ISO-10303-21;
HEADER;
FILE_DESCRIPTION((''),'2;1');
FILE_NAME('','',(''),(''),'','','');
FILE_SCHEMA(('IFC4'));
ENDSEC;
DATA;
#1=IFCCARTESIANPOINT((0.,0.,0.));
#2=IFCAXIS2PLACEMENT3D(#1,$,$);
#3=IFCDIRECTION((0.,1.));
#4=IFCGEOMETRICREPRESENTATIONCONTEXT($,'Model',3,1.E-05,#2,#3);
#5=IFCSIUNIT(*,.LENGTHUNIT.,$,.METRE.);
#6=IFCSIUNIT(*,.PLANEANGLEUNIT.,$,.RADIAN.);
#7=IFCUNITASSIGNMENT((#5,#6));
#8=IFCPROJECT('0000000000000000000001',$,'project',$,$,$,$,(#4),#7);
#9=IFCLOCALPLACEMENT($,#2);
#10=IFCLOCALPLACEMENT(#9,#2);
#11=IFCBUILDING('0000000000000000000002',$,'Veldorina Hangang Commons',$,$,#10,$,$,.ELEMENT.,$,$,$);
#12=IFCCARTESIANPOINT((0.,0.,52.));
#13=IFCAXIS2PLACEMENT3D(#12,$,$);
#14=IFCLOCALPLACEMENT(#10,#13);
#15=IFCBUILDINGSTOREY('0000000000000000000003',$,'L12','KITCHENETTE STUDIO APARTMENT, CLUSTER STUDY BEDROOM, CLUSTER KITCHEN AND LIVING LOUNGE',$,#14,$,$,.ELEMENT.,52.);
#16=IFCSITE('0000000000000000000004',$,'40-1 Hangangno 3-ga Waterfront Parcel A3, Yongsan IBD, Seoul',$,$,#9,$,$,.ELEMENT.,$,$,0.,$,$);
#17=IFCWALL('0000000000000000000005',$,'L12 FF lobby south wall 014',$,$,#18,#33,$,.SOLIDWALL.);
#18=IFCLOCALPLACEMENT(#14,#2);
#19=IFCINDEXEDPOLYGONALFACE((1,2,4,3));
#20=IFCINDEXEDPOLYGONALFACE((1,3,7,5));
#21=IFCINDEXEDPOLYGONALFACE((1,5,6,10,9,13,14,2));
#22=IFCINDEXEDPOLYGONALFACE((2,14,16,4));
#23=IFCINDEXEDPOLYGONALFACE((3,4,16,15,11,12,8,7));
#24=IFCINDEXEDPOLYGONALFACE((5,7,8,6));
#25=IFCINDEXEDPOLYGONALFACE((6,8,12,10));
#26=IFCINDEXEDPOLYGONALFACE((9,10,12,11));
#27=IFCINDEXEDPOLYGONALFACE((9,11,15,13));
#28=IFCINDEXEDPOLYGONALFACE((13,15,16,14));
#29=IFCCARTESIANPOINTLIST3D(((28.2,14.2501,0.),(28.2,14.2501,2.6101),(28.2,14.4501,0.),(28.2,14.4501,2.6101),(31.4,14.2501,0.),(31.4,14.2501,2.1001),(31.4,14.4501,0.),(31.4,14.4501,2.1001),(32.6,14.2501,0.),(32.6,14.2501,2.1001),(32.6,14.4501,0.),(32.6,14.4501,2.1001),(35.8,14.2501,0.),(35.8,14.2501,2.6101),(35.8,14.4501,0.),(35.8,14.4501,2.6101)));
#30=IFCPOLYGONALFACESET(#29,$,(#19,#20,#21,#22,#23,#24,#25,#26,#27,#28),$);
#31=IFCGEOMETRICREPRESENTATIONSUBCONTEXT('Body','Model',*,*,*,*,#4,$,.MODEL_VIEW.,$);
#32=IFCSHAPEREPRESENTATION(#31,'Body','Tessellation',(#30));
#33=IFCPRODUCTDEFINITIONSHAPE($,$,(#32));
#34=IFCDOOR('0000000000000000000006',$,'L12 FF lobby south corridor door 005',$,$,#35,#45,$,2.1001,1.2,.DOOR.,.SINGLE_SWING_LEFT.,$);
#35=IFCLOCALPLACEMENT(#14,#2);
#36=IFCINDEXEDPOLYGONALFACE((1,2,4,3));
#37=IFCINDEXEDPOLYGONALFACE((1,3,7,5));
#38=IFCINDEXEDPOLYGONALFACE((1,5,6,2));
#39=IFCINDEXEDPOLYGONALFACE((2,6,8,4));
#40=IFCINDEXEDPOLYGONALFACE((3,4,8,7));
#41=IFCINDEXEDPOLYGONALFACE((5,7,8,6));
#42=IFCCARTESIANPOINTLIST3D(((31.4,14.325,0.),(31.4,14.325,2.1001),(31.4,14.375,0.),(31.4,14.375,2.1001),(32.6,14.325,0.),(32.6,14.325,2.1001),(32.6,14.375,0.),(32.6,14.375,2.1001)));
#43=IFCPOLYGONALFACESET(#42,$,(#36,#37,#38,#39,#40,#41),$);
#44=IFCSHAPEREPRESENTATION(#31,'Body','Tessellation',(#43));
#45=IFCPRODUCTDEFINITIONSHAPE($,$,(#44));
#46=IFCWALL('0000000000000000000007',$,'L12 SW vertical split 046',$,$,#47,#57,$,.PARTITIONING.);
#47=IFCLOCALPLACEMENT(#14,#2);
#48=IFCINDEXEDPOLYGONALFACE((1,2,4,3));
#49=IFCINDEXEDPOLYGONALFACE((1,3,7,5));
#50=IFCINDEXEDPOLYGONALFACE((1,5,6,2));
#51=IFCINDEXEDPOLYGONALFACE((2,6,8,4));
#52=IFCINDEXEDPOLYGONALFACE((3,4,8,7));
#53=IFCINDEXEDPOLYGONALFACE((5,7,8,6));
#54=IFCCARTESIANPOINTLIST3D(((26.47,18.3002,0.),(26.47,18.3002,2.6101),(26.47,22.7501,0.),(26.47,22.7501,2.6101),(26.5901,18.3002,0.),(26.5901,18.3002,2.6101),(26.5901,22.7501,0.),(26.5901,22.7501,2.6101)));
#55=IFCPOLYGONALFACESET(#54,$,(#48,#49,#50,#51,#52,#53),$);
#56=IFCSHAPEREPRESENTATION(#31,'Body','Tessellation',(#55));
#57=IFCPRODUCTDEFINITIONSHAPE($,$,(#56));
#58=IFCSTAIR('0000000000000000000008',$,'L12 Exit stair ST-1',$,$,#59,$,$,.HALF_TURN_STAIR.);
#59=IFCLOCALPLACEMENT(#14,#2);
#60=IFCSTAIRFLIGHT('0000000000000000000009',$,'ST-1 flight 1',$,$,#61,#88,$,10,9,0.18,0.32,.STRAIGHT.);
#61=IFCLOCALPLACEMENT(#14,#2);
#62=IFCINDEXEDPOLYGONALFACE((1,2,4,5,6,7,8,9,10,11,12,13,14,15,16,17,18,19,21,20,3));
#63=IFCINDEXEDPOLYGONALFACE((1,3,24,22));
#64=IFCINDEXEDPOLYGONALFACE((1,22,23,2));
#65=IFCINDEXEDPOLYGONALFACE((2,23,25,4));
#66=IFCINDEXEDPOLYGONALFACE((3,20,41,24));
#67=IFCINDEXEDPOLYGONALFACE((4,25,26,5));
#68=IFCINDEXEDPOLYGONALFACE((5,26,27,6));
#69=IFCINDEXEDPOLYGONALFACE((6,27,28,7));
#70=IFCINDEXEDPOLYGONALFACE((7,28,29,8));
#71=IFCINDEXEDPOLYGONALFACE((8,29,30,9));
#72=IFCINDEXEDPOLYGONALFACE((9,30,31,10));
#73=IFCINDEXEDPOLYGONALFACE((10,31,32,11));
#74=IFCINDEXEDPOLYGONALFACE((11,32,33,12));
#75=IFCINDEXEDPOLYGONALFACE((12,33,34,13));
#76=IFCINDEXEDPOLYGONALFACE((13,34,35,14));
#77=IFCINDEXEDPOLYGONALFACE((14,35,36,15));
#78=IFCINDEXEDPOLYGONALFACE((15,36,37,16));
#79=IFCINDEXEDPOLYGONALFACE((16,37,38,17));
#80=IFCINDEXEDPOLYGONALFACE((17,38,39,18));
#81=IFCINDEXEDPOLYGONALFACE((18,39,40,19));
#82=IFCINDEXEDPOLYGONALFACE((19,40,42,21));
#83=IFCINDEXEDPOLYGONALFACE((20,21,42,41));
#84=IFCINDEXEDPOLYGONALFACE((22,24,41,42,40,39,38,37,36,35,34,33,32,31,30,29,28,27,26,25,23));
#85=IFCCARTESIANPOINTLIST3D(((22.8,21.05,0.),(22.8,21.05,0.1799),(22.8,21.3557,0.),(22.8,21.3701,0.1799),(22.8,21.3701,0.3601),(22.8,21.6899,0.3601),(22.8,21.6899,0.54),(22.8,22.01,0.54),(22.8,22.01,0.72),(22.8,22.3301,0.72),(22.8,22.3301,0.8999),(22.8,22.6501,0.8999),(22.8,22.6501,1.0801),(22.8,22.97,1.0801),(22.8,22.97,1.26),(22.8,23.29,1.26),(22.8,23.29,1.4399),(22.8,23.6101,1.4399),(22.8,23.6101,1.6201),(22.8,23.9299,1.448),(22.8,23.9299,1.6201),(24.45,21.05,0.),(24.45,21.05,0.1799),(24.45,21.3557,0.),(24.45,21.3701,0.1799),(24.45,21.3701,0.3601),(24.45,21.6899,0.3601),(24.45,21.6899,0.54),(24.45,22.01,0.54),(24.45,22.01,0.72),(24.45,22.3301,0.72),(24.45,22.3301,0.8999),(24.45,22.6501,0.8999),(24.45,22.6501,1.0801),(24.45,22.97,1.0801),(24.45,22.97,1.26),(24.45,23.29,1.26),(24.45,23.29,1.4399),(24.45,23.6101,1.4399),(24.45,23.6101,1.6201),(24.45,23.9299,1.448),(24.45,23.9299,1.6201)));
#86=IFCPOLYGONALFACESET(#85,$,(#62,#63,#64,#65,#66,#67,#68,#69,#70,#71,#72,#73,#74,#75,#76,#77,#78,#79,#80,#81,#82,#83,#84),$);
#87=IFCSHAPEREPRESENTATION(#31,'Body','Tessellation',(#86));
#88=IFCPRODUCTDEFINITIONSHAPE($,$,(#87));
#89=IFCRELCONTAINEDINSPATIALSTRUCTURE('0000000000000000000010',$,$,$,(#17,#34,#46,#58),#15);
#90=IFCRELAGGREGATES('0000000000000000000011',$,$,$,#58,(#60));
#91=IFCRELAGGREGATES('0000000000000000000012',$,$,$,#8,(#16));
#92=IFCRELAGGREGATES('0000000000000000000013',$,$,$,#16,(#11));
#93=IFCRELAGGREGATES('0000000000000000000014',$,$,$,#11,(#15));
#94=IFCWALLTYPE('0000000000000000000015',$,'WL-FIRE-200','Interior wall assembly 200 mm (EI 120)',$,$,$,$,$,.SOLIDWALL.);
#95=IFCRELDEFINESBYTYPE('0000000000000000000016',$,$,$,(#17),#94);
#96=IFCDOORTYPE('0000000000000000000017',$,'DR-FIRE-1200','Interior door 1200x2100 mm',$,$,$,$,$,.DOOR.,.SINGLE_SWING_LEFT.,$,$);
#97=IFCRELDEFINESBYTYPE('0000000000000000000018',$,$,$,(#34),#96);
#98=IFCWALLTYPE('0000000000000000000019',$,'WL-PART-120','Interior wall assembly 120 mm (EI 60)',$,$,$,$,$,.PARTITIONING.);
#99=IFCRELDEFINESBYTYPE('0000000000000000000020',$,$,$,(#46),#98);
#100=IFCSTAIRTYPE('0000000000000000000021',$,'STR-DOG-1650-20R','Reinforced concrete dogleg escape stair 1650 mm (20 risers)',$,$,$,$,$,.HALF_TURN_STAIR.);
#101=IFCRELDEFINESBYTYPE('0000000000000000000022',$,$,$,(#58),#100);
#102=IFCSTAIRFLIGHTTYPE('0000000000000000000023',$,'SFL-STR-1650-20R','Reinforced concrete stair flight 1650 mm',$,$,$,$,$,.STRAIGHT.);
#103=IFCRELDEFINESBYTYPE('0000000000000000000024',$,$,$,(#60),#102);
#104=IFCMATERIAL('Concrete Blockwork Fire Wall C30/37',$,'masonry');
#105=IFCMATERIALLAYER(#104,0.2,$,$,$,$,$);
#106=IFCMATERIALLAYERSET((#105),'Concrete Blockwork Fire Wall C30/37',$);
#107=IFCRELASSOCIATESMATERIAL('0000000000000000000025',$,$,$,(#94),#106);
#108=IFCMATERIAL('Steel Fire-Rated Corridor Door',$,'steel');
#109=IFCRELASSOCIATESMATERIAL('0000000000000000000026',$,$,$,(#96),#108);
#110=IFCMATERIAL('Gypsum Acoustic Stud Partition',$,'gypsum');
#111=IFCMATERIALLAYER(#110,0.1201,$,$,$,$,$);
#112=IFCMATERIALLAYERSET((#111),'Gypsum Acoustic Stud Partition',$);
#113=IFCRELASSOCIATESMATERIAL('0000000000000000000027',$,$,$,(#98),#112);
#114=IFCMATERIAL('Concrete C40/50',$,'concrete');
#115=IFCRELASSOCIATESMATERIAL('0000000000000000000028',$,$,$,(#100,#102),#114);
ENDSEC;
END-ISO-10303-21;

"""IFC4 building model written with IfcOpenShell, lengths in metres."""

from ifc_helpers import new_model, si_unit, direction, frame, frame_2d, origin, place, context, subcontext, project, spatial, polyline, rectangle, outline, extrude, material, layer, layer_set, type_object, element, fill, aggregate, save


model = new_model("IFC4")

# Units and contexts
model_context = context("Model", 3, precision=1e-05, world=origin(), true_north=direction((0.0, 1.0)))
body_context = subcontext(model_context, "Body", "Model", "MODEL_VIEW")
ifc_project = project(units=[si_unit("LENGTHUNIT", "METRE"), si_unit("PLANEANGLEUNIT", "RADIAN")], contexts=[model_context])

# Site, building, storey
site_placement = place(None, origin())
site = spatial("IfcSite", under=ifc_project, at=site_placement, Name="40-1 Hangangno 3-ga Waterfront Parcel A3, Yongsan IBD, Seoul", CompositionType="ELEMENT", RefElevation=0.0)
building_placement = place(site_placement, origin())
building = spatial("IfcBuilding", under=site, at=building_placement, Name="Veldorina Hangang Commons", CompositionType="ELEMENT")
storey_placement = place(building_placement, frame((0.0, 0.0, 52.0)))
storey = spatial("IfcBuildingStorey", under=building, at=storey_placement, Name="L12", Description="KITCHENETTE STUDIO APARTMENT, CLUSTER STUDY BEDROOM, CLUSTER KITCHEN AND LIVING LOUNGE", CompositionType="ELEMENT", Elevation=52.0)

# Shared definitions
ifc_material_1 = material(Name="Concrete Blockwork Fire Wall C30/37", Category="masonry")
ifc_layer_1 = layer(ifc_material_1, 0.2)
ifc_layer_set_1 = layer_set([ifc_layer_1], Name="Concrete Blockwork Fire Wall C30/37")
wall_type_1 = type_object("IfcWallType", Name="WL-FIRE-200", Description="Interior wall assembly 200 mm (EI 120)", PredefinedType="SOLIDWALL", material=ifc_layer_set_1)

# Wall, opening, door
wall_1_placement = place(storey_placement, frame((28.2, 14.3501, 0.0), z_axis=(0.0, 0.0, 1.0), x_axis=(1.0, 0.0, 0.0)))
wall_1 = element("IfcWall", 1, at=wall_1_placement, inside=storey, type_object=wall_type_1, Name="L12 FF lobby south wall 014", PredefinedType="SOLIDWALL", context=body_context, shape_type="SweptSolid", body=[
    extrude(rectangle(XDim=7.6001, YDim=0.2, at=frame_2d((3.8, 0.0))), origin(), (0.0, 0.0, 1.0), 2.6101),
])
opening_1_placement = place(wall_1_placement, frame((3.2, 0.0, 0.0)))
opening_1 = element("IfcOpeningElement", 2, at=opening_1_placement, cuts=wall_1, PredefinedType="OPENING", context=body_context, shape_type="SweptSolid", body=[
    extrude(rectangle(XDim=1.2, YDim=2.1001, at=frame_2d((0.6001, 1.05))), frame((0.0, 0.1099, 0.0), z_axis=(0.0, -1.0, 0.0), x_axis=(1.0, 0.0, 0.0)), (0.0, 0.0, 1.0), 0.22),
])
ifc_material_2 = material(Name="Steel Fire-Rated Corridor Door", Category="steel")
door_type_1 = type_object("IfcDoorType", Name="DR-FIRE-1200", Description="Interior door 1200x2100 mm", OperationType="SINGLE_SWING_LEFT", PredefinedType="DOOR", material=ifc_material_2)
door_1_placement = place(opening_1_placement, origin())
door_1 = element("IfcDoor", 3, at=door_1_placement, inside=storey, type_object=door_type_1, Name="L12 FF lobby south corridor door 005", OperationType="SINGLE_SWING_LEFT", OverallHeight=2.1001, OverallWidth=1.2, PredefinedType="DOOR", context=body_context, shape_type="SweptSolid", body=[
    extrude(rectangle(XDim=1.2, YDim=2.1001, at=frame_2d((0.6001, 1.05))), frame((0.0, 0.0249, 0.0), z_axis=(0.0, -1.0, 0.0), x_axis=(1.0, 0.0, 0.0)), (0.0, 0.0, 1.0), 0.05),
])
fill(opening_1, door_1)

# Wall
ifc_material_3 = material(Name="Gypsum Acoustic Stud Partition", Category="gypsum")
ifc_layer_2 = layer(ifc_material_3, 0.1201)
ifc_layer_set_2 = layer_set([ifc_layer_2], Name="Gypsum Acoustic Stud Partition")
wall_type_2 = type_object("IfcWallType", Name="WL-PART-120", Description="Interior wall assembly 120 mm (EI 60)", PredefinedType="PARTITIONING", material=ifc_layer_set_2)
wall_2_placement = place(storey_placement, frame((26.53, 18.3, 0.0), z_axis=(0.0, 0.0, 1.0), x_axis=(0.0, 1.0, 0.0)))
element("IfcWall", 4, at=wall_2_placement, inside=storey, type_object=wall_type_2, Name="L12 SW vertical split 046", PredefinedType="PARTITIONING", context=body_context, shape_type="SweptSolid", body=[
    extrude(rectangle(XDim=4.45, YDim=0.1201, at=frame_2d((2.2251, 0.0))), origin(), (0.0, 0.0, 1.0), 2.6101),
])

# Stair, stair flight
ifc_material_4 = material(Name="Concrete C40/50", Category="concrete")
stair_type = type_object("IfcStairType", Name="STR-DOG-1650-20R", Description="Reinforced concrete dogleg escape stair 1650 mm (20 risers)", PredefinedType="HALF_TURN_STAIR", material=ifc_material_4)
stair_placement = place(storey_placement, origin())
stair = element("IfcStair", 5, at=stair_placement, inside=storey, type_object=stair_type, Name="L12 Exit stair ST-1", PredefinedType="HALF_TURN_STAIR")
stair_flight_type = type_object("IfcStairFlightType", Name="SFL-STR-1650-20R", Description="Reinforced concrete stair flight 1650 mm", PredefinedType="STRAIGHT", material=ifc_material_4)
stair_flight_placement = place(storey_placement, frame((23.625, 21.05, 0.0), z_axis=(0.0, 0.0, 1.0), x_axis=(0.0, 1.0, 0.0)))
stair_flight = element("IfcStairFlight", 6, at=stair_flight_placement, type_object=stair_flight_type, Name="ST-1 flight 1", NumberOfRisers=10, NumberOfTreads=9, PredefinedType="STRAIGHT", RiserHeight=0.18, TreadLength=0.32, context=body_context, shape_type="SweptSolid", body=[
    extrude(outline(polyline([(0.0, 0.0), (0.0, 0.1799), (0.3201, 0.1799), (0.3201, 0.3601), (0.6399, 0.3601), (0.6399, 0.54), (0.96, 0.54), (0.96, 0.72), (1.28, 0.72), (1.28, 0.8999), (1.6001, 0.8999), (1.6001, 1.0801), (1.9199, 1.0801), (1.9199, 1.26), (2.24, 1.26), (2.24, 1.4399), (2.5601, 1.4399), (2.5601, 1.6201), (2.8799, 1.6201), (2.8799, 1.8), (2.8799, 1.448), (0.3057, 0.0), (0.0, 0.0)])), frame((0.0, 0.825, 0.0), z_axis=(0.0, -1.0, 0.0), x_axis=(1.0, 0.0, 0.0)), (0.0, 0.0, 1.0), 1.6499),
])
aggregate(stair, [stair_flight])

save(model, "model.ifc")
